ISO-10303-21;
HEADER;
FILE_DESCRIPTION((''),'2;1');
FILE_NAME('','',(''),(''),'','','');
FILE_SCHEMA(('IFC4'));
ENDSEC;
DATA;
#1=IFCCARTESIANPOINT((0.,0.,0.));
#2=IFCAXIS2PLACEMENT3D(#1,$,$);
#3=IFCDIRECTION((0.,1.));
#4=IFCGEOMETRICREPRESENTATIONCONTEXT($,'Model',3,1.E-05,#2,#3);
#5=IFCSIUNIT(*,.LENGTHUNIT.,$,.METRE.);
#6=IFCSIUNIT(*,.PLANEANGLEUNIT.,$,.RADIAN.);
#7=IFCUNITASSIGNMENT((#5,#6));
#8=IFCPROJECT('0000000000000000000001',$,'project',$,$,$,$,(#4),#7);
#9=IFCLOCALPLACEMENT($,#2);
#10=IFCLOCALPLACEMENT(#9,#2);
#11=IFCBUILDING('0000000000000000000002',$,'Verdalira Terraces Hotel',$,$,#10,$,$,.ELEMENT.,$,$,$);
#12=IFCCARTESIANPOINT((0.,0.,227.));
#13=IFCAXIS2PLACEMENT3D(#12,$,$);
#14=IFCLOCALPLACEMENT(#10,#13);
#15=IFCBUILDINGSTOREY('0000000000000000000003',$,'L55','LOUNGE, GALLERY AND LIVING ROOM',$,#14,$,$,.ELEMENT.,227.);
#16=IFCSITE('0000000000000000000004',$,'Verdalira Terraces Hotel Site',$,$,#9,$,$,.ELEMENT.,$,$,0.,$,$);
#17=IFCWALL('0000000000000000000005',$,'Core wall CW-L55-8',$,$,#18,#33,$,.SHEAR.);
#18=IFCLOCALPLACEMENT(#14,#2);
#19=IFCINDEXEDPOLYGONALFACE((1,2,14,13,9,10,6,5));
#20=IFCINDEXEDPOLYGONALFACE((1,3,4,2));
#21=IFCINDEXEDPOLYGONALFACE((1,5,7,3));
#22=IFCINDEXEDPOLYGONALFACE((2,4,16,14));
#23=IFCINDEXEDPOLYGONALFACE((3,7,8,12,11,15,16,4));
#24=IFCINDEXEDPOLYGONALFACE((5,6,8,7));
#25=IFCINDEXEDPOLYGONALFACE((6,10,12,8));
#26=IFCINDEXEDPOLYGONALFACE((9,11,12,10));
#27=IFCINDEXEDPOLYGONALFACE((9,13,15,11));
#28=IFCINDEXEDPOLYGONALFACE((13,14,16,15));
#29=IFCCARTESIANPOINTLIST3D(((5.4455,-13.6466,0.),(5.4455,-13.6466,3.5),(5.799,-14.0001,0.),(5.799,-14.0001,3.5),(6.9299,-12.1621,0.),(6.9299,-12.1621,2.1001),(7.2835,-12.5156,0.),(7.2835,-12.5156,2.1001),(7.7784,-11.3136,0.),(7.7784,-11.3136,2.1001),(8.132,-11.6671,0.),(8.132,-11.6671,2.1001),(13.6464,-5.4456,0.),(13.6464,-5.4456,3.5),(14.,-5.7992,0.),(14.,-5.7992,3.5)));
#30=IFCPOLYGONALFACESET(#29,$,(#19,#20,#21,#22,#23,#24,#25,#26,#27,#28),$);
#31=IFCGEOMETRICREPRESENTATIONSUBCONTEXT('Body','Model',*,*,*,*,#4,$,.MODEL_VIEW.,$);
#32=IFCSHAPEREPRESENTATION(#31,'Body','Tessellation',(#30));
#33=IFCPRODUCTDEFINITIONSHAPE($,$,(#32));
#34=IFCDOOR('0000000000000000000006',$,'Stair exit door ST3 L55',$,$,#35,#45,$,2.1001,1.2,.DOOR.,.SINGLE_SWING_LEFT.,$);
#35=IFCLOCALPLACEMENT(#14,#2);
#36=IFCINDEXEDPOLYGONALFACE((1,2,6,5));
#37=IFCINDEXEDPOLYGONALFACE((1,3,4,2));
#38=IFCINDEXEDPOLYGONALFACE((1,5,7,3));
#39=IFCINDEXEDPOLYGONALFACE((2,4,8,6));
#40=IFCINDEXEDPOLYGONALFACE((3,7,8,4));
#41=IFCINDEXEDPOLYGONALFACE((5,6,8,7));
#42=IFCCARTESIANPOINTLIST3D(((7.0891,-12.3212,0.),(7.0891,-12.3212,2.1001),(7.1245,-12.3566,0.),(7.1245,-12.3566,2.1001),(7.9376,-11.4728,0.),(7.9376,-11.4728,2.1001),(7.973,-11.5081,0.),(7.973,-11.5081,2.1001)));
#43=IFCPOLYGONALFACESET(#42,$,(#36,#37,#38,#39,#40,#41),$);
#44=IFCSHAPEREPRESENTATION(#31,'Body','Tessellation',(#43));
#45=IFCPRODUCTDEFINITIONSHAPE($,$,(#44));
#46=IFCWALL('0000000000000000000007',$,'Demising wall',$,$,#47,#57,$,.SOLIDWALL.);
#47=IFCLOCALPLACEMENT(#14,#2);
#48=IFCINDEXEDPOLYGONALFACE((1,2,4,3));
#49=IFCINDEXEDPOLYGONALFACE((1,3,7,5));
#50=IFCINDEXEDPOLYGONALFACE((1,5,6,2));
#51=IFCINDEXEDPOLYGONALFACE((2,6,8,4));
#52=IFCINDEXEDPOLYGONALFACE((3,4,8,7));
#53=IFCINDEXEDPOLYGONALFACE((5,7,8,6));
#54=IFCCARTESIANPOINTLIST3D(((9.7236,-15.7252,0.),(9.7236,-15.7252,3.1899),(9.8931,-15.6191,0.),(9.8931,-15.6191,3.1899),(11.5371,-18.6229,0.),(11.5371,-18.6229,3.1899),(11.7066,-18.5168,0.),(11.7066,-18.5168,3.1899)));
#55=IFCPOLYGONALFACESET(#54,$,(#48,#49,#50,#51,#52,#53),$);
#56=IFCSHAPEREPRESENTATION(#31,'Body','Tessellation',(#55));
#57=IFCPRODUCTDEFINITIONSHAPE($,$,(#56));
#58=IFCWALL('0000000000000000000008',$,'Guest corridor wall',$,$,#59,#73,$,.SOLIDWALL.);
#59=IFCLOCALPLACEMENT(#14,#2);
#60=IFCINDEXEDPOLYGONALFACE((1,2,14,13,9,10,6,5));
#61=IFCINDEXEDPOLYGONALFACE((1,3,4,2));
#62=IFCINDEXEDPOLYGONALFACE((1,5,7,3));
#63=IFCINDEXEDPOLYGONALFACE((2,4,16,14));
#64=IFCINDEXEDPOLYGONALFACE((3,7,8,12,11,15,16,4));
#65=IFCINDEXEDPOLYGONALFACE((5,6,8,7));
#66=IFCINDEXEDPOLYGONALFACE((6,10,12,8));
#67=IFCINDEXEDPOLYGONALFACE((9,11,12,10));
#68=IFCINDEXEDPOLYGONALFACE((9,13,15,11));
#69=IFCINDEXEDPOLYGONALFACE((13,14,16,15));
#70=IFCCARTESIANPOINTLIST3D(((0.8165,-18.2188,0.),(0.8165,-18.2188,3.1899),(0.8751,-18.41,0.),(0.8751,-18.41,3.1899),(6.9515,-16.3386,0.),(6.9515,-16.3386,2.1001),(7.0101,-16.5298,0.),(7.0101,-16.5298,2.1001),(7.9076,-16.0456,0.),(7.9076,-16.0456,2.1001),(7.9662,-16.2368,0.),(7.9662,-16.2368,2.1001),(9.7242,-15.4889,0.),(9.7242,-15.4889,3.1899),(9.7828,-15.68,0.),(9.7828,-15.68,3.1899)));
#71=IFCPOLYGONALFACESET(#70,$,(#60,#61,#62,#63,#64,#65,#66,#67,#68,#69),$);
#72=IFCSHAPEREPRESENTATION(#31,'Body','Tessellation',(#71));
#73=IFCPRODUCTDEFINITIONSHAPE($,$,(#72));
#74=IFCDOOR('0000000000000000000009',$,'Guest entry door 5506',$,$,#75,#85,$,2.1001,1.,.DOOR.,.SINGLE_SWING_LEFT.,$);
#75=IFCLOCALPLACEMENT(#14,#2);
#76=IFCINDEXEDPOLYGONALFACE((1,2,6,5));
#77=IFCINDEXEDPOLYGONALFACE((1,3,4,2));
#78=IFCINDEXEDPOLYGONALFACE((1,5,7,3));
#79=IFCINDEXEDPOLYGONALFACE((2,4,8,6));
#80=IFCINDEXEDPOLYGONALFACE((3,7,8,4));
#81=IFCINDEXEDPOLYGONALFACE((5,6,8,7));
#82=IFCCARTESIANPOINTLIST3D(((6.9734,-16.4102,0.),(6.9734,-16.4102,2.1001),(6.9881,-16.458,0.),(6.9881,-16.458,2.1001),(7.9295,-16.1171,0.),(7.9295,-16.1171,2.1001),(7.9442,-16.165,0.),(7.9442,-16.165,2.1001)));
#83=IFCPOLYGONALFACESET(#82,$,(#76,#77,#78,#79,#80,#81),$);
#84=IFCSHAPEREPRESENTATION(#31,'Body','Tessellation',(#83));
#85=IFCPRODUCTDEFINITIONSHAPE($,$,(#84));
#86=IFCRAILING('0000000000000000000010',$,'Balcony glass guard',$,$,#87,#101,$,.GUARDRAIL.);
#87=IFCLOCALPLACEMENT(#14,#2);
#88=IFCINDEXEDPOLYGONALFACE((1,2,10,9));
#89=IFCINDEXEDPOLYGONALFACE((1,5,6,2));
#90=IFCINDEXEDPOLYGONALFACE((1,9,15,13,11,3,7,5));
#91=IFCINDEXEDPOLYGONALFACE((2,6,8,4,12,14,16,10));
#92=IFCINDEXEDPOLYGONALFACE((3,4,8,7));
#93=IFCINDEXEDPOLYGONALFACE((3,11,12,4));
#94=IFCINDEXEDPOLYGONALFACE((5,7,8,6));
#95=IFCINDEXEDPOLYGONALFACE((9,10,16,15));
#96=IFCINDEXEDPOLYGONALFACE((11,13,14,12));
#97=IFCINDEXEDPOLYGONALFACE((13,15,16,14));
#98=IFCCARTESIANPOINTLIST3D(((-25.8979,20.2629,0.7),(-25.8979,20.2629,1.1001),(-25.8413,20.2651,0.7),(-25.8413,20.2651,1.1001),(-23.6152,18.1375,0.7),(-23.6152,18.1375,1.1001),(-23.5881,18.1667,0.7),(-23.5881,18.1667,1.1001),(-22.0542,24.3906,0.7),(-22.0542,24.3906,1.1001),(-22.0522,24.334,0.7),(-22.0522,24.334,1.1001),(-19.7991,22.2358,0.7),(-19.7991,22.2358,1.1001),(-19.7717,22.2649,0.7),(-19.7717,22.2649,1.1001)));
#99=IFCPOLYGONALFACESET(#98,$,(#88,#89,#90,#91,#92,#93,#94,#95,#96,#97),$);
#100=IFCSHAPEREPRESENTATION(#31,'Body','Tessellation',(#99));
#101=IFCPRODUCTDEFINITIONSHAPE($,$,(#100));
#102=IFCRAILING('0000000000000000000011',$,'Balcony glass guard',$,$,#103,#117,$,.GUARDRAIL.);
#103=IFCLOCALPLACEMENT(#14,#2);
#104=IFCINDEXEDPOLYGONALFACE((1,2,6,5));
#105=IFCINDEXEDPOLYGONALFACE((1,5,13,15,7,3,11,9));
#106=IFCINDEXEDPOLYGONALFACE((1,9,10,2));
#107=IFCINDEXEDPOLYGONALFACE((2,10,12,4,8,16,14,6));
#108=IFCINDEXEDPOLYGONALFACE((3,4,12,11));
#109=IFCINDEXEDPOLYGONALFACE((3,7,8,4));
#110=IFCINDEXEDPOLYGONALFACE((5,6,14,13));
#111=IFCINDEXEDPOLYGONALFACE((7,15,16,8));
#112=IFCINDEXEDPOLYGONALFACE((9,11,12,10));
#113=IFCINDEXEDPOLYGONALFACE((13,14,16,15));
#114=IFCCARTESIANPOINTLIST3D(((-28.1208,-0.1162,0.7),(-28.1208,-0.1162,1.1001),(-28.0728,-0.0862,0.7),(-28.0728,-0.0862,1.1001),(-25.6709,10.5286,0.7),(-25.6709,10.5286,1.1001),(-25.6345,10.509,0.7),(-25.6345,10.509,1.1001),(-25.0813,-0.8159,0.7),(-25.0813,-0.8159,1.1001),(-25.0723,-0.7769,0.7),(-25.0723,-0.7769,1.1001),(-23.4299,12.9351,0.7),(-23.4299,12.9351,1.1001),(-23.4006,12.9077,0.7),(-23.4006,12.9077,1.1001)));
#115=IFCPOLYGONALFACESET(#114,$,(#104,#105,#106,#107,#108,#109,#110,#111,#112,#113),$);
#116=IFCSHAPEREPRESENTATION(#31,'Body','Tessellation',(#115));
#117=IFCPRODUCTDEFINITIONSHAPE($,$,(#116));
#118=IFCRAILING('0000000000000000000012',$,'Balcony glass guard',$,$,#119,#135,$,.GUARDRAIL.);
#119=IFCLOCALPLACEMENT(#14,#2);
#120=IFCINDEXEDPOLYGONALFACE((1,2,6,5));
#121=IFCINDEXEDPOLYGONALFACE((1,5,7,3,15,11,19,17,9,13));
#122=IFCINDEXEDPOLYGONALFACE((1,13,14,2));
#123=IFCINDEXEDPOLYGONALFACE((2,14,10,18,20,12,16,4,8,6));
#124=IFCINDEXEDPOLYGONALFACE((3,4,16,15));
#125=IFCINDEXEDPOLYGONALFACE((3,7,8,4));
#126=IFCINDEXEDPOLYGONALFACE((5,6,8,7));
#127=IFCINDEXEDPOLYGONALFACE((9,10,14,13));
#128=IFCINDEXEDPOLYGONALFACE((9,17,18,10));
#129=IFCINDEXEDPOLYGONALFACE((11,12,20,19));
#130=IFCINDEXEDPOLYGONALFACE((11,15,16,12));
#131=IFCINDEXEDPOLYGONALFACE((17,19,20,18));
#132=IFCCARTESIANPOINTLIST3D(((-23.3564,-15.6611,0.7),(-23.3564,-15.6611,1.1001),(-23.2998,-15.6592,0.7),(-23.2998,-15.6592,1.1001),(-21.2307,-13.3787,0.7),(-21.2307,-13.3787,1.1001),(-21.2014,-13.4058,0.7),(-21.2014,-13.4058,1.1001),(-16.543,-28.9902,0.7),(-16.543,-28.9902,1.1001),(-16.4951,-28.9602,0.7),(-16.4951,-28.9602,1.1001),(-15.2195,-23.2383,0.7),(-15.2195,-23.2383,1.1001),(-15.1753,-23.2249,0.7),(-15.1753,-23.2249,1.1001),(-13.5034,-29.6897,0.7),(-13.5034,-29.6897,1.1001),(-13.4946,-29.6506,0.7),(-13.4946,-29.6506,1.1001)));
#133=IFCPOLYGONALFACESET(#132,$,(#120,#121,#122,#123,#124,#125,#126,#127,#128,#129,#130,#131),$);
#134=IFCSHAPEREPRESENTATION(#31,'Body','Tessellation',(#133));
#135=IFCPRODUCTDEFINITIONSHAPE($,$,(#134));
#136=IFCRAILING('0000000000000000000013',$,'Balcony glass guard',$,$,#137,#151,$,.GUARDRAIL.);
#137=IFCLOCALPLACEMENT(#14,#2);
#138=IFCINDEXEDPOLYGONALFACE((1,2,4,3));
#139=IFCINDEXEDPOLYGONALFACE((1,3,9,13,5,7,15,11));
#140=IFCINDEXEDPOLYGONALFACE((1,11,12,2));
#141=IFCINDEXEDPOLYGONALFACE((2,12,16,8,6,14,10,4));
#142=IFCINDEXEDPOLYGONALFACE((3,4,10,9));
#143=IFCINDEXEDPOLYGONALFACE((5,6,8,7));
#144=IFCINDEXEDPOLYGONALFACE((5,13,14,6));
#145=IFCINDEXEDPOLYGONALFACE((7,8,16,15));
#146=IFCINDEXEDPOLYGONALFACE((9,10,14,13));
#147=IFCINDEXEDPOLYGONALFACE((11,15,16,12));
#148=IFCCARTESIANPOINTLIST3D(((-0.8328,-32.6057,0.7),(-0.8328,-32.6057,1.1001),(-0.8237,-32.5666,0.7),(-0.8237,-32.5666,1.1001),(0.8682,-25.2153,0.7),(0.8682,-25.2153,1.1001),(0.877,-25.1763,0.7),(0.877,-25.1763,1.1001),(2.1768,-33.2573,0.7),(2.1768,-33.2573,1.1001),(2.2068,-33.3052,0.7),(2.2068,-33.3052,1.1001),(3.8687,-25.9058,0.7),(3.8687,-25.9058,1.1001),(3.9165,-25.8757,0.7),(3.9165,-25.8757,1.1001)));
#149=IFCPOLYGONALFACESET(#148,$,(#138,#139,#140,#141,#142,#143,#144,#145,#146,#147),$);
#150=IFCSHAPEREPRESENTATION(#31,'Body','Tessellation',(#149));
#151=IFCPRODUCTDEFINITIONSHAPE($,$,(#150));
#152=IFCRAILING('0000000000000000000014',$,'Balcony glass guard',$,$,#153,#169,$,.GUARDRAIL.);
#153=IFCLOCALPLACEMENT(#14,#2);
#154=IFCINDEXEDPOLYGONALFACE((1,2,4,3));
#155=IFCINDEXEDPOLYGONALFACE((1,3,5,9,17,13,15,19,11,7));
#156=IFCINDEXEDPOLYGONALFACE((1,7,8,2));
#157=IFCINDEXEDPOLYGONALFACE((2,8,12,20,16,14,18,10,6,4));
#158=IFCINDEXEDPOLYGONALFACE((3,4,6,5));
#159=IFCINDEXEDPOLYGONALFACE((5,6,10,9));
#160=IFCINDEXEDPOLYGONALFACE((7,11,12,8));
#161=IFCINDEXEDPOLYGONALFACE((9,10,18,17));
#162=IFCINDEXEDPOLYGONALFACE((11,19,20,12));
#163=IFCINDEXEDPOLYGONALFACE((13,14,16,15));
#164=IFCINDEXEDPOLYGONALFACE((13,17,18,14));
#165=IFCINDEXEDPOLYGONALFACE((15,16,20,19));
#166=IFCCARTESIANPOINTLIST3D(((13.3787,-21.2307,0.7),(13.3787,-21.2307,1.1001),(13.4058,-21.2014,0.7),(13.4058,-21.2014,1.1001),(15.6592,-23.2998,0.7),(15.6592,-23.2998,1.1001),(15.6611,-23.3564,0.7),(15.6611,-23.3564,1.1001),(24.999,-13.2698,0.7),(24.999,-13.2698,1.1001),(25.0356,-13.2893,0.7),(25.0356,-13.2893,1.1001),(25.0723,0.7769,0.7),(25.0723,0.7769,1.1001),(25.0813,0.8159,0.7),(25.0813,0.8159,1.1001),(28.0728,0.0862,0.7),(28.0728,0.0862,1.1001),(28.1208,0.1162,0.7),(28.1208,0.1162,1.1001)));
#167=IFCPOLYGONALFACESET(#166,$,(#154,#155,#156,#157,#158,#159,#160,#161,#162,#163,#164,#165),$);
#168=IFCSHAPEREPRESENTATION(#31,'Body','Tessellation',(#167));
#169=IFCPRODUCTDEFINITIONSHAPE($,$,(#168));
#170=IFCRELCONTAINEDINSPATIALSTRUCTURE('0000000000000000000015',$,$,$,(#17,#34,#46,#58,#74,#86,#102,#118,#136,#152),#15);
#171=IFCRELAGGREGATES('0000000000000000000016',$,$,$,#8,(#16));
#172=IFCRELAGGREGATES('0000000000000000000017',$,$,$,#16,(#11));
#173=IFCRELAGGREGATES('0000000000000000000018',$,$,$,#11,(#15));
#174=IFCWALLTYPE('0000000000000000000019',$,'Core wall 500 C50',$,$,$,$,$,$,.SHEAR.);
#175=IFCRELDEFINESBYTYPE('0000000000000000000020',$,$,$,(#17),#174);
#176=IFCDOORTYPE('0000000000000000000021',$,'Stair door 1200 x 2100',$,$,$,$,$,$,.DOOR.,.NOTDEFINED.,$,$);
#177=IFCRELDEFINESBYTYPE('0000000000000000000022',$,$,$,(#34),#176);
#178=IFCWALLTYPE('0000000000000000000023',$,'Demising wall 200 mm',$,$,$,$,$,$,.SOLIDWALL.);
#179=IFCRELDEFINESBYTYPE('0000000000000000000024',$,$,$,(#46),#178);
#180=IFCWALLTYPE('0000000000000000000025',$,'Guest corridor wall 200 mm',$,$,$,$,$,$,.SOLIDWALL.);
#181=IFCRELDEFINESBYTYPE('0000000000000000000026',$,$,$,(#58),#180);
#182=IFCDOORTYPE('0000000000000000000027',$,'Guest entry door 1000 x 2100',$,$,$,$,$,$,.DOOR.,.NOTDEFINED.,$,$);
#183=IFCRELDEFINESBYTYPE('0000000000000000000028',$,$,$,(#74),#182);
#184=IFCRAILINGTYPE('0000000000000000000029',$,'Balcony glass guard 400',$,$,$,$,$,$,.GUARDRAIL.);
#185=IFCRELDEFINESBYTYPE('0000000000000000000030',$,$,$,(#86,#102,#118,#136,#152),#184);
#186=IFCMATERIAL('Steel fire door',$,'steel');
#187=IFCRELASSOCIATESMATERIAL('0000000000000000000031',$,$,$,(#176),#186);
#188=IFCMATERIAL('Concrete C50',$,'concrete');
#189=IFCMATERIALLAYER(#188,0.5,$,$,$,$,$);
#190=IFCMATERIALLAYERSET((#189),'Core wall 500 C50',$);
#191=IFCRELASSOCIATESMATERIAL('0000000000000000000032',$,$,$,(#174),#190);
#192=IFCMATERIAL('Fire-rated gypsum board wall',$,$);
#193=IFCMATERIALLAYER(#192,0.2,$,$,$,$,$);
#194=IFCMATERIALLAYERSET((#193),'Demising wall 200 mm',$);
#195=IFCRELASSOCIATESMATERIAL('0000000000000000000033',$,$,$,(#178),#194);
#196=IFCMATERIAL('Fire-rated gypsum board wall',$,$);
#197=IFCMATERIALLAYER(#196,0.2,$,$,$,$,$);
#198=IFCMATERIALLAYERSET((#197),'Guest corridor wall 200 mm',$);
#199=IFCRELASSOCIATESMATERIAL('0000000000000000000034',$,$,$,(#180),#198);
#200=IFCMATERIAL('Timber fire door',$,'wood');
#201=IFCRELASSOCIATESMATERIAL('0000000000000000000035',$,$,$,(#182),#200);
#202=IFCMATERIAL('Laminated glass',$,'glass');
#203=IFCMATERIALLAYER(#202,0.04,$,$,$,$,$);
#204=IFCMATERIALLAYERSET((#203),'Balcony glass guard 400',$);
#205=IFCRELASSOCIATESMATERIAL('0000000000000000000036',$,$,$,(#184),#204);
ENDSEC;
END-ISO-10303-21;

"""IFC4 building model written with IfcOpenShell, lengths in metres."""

from ifc_helpers import new_model, si_unit, direction, frame, frame_2d, origin, place, context, subcontext, project, spatial, polyline, rectangle, outline, extrude, material, layer, layer_set, type_object, element, fill, save


model = new_model("IFC4")

# Units and contexts
model_context = context("Model", 3, precision=1e-05, world=origin(), true_north=direction((0.0, 1.0)))
body_context = subcontext(model_context, "Body", "Model", "MODEL_VIEW")
ifc_project = project(units=[si_unit("LENGTHUNIT", "METRE"), si_unit("PLANEANGLEUNIT", "RADIAN")], contexts=[model_context])

# Site, building, storey
site_placement = place(None, origin())
site = spatial("IfcSite", under=ifc_project, at=site_placement, Name="Verdalira Terraces Hotel Site", CompositionType="ELEMENT", RefElevation=0.0)
building_placement = place(site_placement, origin())
building = spatial("IfcBuilding", under=site, at=building_placement, Name="Verdalira Terraces Hotel", CompositionType="ELEMENT")
storey_placement = place(building_placement, frame((0.0, 0.0, 227.0)))
storey = spatial("IfcBuildingStorey", under=building, at=storey_placement, Name="L55", Description="LOUNGE, GALLERY AND LIVING ROOM", CompositionType="ELEMENT", Elevation=227.0)

# Shared definitions
ifc_material_1 = material(Name="Steel fire door", Category="steel")
door_type_1 = type_object("IfcDoorType", Name="Stair door 1200 x 2100", OperationType="NOTDEFINED", PredefinedType="DOOR", material=ifc_material_1)

# Wall, opening, door
ifc_material_2 = material(Name="Concrete C50", Category="concrete")
ifc_layer_1 = layer(ifc_material_2, 0.5)
ifc_layer_set_1 = layer_set([ifc_layer_1], Name="Core wall 500 C50")
wall_type_1 = type_object("IfcWallType", Name="Core wall 500 C50", PredefinedType="SHEAR", material=ifc_layer_set_1)
wall_1_placement = place(storey_placement, frame((5.6223, -13.8232, 0.0), z_axis=(0.0, 0.0, 1.0), x_axis=(0.707107, 0.707107, 0.0)))
wall_1 = element("IfcWall", 1, at=wall_1_placement, inside=storey, type_object=wall_type_1, Name="Core wall CW-L55-8", PredefinedType="SHEAR", context=body_context, shape_type="SweptSolid", body=[
    extrude(rectangle(XDim=11.5979, YDim=0.5, at=frame_2d((5.7988, 0.0))), origin(), (0.0, 0.0, 1.0), 3.5),
])
opening_1_placement = place(wall_1_placement, frame((2.0991, 0.0, 0.0)))
opening_1 = element("IfcOpeningElement", 2, at=opening_1_placement, cuts=wall_1, PredefinedType="OPENING", context=body_context, shape_type="SweptSolid", body=[
    extrude(rectangle(XDim=1.2, YDim=2.1001, at=frame_2d((0.6001, 1.05))), frame((0.0, 0.26, 0.0), z_axis=(0.0, -1.0, 0.0), x_axis=(1.0, 0.0, 0.0)), (0.0, 0.0, 1.0), 0.52),
])
door_1_placement = place(opening_1_placement, origin())
door_1 = element("IfcDoor", 3, at=door_1_placement, inside=storey, type_object=door_type_1, Name="Stair exit door ST3 L55", OperationType="SINGLE_SWING_LEFT", OverallHeight=2.1001, OverallWidth=1.2, PredefinedType="DOOR", context=body_context, shape_type="SweptSolid", body=[
    extrude(rectangle(XDim=1.2, YDim=2.1001, at=frame_2d((0.6001, 1.05))), frame((0.0, 0.0249, 0.0), z_axis=(0.0, -1.0, 0.0), x_axis=(1.0, 0.0, 0.0)), (0.0, 0.0, 1.0), 0.05),
])
fill(opening_1, door_1)

# Wall
ifc_material_3 = material(Name="Fire-rated gypsum board wall")
ifc_layer_2 = layer(ifc_material_3, 0.2)
ifc_layer_set_2 = layer_set([ifc_layer_2], Name="Demising wall 200 mm")
wall_type_2 = type_object("IfcWallType", Name="Demising wall 200 mm", PredefinedType="SOLIDWALL", material=ifc_layer_set_2)
wall_2_placement = place(storey_placement, frame((9.8084, -15.6721, 0.0), z_axis=(0.0, 0.0, 1.0), x_axis=(0.530506, -0.847681, 0.0)))
element("IfcWall", 4, at=wall_2_placement, inside=storey, type_object=wall_type_2, Name="Demising wall", PredefinedType="SOLIDWALL", context=body_context, shape_type="SweptSolid", body=[
    extrude(rectangle(XDim=3.4185, YDim=0.2, at=frame_2d((1.7092, 0.0))), origin(), (0.0, 0.0, 1.0), 3.1899),
])

# Wall, opening, door
ifc_material_4 = material(Name="Fire-rated gypsum board wall")
ifc_layer_3 = layer(ifc_material_4, 0.2)
ifc_layer_set_3 = layer_set([ifc_layer_3], Name="Guest corridor wall 200 mm")
wall_type_3 = type_object("IfcWallType", Name="Guest corridor wall 200 mm", PredefinedType="SOLIDWALL", material=ifc_layer_set_3)
wall_3_placement = place(storey_placement, frame((9.7534, -15.5845, 0.0), z_axis=(0.0, 0.0, 1.0), x_axis=(-0.956106, -0.293021, 0.0)))
wall_3 = element("IfcWall", 5, at=wall_3_placement, inside=storey, type_object=wall_type_3, Name="Guest corridor wall", PredefinedType="SOLIDWALL", context=body_context, shape_type="SweptSolid", body=[
    extrude(rectangle(XDim=9.3166, YDim=0.2, at=frame_2d((4.6582, 0.0))), origin(), (0.0, 0.0, 1.0), 3.1899),
])
opening_2_placement = place(wall_3_placement, frame((1.8999, 0.0, 0.0)))
opening_2 = element("IfcOpeningElement", 6, at=opening_2_placement, cuts=wall_3, PredefinedType="OPENING", context=body_context, shape_type="SweptSolid", body=[
    extrude(rectangle(XDim=1.0, YDim=2.1001, at=frame_2d((0.5, 1.05))), frame((0.0, 0.1099, 0.0), z_axis=(0.0, -1.0, 0.0), x_axis=(1.0, 0.0, 0.0)), (0.0, 0.0, 1.0), 0.22),
])
ifc_material_5 = material(Name="Timber fire door", Category="wood")
door_type_2 = type_object("IfcDoorType", Name="Guest entry door 1000 x 2100", OperationType="NOTDEFINED", PredefinedType="DOOR", material=ifc_material_5)
door_2_placement = place(opening_2_placement, origin())
door_2 = element("IfcDoor", 7, at=door_2_placement, inside=storey, type_object=door_type_2, Name="Guest entry door 5506", OperationType="SINGLE_SWING_LEFT", OverallHeight=2.1001, OverallWidth=1.0, PredefinedType="DOOR", context=body_context, shape_type="SweptSolid", body=[
    extrude(rectangle(XDim=1.0, YDim=2.1001, at=frame_2d((0.5, 1.05))), frame((0.0, 0.0249, 0.0), z_axis=(0.0, -1.0, 0.0), x_axis=(1.0, 0.0, 0.0)), (0.0, 0.0, 1.0), 0.05),
])
fill(opening_2, door_2)

# Railings
ifc_material_6 = material(Name="Laminated glass", Category="glass")
ifc_layer_4 = layer(ifc_material_6, 0.04)
ifc_layer_set_4 = layer_set([ifc_layer_4], Name="Balcony glass guard 400")
railing_type_1 = type_object("IfcRailingType", Name="Balcony glass guard 400", PredefinedType="GUARDRAIL", material=ifc_layer_set_4)
railing_1_placement = place(storey_placement, frame((0.0, 0.0, 0.7)))
element("IfcRailing", 8, at=railing_1_placement, inside=storey, type_object=railing_type_1, Name="Balcony glass guard", PredefinedType="GUARDRAIL", context=body_context, shape_type="SweptSolid", body=[
    extrude(outline(polyline([(-22.0522, 24.334), (-25.8413, 20.2651), (-23.5881, 18.1667), (-23.6152, 18.1375), (-25.8979, 20.2629), (-22.0542, 24.3906), (-19.7717, 22.2649), (-19.7991, 22.2358), (-22.0522, 24.334)])), origin(), (0.0, 0.0, 1.0), 0.4001),
])
railing_2_placement = place(storey_placement, frame((0.0, 0.0, 0.7)))
element("IfcRailing", 9, at=railing_2_placement, inside=storey, type_object=railing_type_1, Name="Balcony glass guard", PredefinedType="GUARDRAIL", context=body_context, shape_type="SweptSolid", body=[
    extrude(outline(polyline([(-25.6345, 10.509), (-28.0728, -0.0862), (-25.0723, -0.7769), (-25.0813, -0.8159), (-28.1209, -0.1162), (-25.6709, 10.5286), (-23.4299, 12.9351), (-23.4006, 12.9077), (-25.6345, 10.509)])), origin(), (0.0, 0.0, 1.0), 0.4001),
])
railing_3_placement = place(storey_placement, frame((0.0, 0.0, 0.7)))
element("IfcRailing", 10, at=railing_3_placement, inside=storey, type_object=railing_type_1, Name="Balcony glass guard", PredefinedType="GUARDRAIL", context=body_context, shape_type="SweptSolid", body=[
    extrude(outline(polyline([(-23.2998, -15.6592), (-15.1753, -23.2249), (-16.4951, -28.9602), (-13.4946, -29.6506), (-13.5034, -29.6897), (-16.543, -28.9902), (-15.2195, -23.2383), (-23.3564, -15.6611), (-21.2307, -13.3787), (-21.2014, -13.4058), (-23.2998, -15.6592)])), origin(), (0.0, 0.0, 1.0), 0.4001),
])
railing_4_placement = place(storey_placement, frame((0.0, 0.0, 0.7)))
element("IfcRailing", 11, at=railing_4_placement, inside=storey, type_object=railing_type_1, Name="Balcony glass guard", PredefinedType="GUARDRAIL", context=body_context, shape_type="SweptSolid", body=[
    extrude(outline(polyline([(2.1768, -33.2573), (3.8687, -25.9058), (0.8682, -25.2153), (0.877, -25.1763), (3.9165, -25.8757), (2.2068, -33.3052), (-0.8328, -32.6057), (-0.8237, -32.5667), (2.1768, -33.2573)])), origin(), (0.0, 0.0, 1.0), 0.4001),
])
railing_5_placement = place(storey_placement, frame((0.0, 0.0, 0.7)))
element("IfcRailing", 12, at=railing_5_placement, inside=storey, type_object=railing_type_1, Name="Balcony glass guard", PredefinedType="GUARDRAIL", context=body_context, shape_type="SweptSolid", body=[
    extrude(outline(polyline([(15.6592, -23.2998), (24.999, -13.2698), (28.0728, 0.0862), (25.0723, 0.7769), (25.0813, 0.8159), (28.1209, 0.1162), (25.0356, -13.2893), (15.6611, -23.3564), (13.3787, -21.2307), (13.4058, -21.2014), (15.6592, -23.2998)])), origin(), (0.0, 0.0, 1.0), 0.4001),
])

save(model, "model.ifc")
